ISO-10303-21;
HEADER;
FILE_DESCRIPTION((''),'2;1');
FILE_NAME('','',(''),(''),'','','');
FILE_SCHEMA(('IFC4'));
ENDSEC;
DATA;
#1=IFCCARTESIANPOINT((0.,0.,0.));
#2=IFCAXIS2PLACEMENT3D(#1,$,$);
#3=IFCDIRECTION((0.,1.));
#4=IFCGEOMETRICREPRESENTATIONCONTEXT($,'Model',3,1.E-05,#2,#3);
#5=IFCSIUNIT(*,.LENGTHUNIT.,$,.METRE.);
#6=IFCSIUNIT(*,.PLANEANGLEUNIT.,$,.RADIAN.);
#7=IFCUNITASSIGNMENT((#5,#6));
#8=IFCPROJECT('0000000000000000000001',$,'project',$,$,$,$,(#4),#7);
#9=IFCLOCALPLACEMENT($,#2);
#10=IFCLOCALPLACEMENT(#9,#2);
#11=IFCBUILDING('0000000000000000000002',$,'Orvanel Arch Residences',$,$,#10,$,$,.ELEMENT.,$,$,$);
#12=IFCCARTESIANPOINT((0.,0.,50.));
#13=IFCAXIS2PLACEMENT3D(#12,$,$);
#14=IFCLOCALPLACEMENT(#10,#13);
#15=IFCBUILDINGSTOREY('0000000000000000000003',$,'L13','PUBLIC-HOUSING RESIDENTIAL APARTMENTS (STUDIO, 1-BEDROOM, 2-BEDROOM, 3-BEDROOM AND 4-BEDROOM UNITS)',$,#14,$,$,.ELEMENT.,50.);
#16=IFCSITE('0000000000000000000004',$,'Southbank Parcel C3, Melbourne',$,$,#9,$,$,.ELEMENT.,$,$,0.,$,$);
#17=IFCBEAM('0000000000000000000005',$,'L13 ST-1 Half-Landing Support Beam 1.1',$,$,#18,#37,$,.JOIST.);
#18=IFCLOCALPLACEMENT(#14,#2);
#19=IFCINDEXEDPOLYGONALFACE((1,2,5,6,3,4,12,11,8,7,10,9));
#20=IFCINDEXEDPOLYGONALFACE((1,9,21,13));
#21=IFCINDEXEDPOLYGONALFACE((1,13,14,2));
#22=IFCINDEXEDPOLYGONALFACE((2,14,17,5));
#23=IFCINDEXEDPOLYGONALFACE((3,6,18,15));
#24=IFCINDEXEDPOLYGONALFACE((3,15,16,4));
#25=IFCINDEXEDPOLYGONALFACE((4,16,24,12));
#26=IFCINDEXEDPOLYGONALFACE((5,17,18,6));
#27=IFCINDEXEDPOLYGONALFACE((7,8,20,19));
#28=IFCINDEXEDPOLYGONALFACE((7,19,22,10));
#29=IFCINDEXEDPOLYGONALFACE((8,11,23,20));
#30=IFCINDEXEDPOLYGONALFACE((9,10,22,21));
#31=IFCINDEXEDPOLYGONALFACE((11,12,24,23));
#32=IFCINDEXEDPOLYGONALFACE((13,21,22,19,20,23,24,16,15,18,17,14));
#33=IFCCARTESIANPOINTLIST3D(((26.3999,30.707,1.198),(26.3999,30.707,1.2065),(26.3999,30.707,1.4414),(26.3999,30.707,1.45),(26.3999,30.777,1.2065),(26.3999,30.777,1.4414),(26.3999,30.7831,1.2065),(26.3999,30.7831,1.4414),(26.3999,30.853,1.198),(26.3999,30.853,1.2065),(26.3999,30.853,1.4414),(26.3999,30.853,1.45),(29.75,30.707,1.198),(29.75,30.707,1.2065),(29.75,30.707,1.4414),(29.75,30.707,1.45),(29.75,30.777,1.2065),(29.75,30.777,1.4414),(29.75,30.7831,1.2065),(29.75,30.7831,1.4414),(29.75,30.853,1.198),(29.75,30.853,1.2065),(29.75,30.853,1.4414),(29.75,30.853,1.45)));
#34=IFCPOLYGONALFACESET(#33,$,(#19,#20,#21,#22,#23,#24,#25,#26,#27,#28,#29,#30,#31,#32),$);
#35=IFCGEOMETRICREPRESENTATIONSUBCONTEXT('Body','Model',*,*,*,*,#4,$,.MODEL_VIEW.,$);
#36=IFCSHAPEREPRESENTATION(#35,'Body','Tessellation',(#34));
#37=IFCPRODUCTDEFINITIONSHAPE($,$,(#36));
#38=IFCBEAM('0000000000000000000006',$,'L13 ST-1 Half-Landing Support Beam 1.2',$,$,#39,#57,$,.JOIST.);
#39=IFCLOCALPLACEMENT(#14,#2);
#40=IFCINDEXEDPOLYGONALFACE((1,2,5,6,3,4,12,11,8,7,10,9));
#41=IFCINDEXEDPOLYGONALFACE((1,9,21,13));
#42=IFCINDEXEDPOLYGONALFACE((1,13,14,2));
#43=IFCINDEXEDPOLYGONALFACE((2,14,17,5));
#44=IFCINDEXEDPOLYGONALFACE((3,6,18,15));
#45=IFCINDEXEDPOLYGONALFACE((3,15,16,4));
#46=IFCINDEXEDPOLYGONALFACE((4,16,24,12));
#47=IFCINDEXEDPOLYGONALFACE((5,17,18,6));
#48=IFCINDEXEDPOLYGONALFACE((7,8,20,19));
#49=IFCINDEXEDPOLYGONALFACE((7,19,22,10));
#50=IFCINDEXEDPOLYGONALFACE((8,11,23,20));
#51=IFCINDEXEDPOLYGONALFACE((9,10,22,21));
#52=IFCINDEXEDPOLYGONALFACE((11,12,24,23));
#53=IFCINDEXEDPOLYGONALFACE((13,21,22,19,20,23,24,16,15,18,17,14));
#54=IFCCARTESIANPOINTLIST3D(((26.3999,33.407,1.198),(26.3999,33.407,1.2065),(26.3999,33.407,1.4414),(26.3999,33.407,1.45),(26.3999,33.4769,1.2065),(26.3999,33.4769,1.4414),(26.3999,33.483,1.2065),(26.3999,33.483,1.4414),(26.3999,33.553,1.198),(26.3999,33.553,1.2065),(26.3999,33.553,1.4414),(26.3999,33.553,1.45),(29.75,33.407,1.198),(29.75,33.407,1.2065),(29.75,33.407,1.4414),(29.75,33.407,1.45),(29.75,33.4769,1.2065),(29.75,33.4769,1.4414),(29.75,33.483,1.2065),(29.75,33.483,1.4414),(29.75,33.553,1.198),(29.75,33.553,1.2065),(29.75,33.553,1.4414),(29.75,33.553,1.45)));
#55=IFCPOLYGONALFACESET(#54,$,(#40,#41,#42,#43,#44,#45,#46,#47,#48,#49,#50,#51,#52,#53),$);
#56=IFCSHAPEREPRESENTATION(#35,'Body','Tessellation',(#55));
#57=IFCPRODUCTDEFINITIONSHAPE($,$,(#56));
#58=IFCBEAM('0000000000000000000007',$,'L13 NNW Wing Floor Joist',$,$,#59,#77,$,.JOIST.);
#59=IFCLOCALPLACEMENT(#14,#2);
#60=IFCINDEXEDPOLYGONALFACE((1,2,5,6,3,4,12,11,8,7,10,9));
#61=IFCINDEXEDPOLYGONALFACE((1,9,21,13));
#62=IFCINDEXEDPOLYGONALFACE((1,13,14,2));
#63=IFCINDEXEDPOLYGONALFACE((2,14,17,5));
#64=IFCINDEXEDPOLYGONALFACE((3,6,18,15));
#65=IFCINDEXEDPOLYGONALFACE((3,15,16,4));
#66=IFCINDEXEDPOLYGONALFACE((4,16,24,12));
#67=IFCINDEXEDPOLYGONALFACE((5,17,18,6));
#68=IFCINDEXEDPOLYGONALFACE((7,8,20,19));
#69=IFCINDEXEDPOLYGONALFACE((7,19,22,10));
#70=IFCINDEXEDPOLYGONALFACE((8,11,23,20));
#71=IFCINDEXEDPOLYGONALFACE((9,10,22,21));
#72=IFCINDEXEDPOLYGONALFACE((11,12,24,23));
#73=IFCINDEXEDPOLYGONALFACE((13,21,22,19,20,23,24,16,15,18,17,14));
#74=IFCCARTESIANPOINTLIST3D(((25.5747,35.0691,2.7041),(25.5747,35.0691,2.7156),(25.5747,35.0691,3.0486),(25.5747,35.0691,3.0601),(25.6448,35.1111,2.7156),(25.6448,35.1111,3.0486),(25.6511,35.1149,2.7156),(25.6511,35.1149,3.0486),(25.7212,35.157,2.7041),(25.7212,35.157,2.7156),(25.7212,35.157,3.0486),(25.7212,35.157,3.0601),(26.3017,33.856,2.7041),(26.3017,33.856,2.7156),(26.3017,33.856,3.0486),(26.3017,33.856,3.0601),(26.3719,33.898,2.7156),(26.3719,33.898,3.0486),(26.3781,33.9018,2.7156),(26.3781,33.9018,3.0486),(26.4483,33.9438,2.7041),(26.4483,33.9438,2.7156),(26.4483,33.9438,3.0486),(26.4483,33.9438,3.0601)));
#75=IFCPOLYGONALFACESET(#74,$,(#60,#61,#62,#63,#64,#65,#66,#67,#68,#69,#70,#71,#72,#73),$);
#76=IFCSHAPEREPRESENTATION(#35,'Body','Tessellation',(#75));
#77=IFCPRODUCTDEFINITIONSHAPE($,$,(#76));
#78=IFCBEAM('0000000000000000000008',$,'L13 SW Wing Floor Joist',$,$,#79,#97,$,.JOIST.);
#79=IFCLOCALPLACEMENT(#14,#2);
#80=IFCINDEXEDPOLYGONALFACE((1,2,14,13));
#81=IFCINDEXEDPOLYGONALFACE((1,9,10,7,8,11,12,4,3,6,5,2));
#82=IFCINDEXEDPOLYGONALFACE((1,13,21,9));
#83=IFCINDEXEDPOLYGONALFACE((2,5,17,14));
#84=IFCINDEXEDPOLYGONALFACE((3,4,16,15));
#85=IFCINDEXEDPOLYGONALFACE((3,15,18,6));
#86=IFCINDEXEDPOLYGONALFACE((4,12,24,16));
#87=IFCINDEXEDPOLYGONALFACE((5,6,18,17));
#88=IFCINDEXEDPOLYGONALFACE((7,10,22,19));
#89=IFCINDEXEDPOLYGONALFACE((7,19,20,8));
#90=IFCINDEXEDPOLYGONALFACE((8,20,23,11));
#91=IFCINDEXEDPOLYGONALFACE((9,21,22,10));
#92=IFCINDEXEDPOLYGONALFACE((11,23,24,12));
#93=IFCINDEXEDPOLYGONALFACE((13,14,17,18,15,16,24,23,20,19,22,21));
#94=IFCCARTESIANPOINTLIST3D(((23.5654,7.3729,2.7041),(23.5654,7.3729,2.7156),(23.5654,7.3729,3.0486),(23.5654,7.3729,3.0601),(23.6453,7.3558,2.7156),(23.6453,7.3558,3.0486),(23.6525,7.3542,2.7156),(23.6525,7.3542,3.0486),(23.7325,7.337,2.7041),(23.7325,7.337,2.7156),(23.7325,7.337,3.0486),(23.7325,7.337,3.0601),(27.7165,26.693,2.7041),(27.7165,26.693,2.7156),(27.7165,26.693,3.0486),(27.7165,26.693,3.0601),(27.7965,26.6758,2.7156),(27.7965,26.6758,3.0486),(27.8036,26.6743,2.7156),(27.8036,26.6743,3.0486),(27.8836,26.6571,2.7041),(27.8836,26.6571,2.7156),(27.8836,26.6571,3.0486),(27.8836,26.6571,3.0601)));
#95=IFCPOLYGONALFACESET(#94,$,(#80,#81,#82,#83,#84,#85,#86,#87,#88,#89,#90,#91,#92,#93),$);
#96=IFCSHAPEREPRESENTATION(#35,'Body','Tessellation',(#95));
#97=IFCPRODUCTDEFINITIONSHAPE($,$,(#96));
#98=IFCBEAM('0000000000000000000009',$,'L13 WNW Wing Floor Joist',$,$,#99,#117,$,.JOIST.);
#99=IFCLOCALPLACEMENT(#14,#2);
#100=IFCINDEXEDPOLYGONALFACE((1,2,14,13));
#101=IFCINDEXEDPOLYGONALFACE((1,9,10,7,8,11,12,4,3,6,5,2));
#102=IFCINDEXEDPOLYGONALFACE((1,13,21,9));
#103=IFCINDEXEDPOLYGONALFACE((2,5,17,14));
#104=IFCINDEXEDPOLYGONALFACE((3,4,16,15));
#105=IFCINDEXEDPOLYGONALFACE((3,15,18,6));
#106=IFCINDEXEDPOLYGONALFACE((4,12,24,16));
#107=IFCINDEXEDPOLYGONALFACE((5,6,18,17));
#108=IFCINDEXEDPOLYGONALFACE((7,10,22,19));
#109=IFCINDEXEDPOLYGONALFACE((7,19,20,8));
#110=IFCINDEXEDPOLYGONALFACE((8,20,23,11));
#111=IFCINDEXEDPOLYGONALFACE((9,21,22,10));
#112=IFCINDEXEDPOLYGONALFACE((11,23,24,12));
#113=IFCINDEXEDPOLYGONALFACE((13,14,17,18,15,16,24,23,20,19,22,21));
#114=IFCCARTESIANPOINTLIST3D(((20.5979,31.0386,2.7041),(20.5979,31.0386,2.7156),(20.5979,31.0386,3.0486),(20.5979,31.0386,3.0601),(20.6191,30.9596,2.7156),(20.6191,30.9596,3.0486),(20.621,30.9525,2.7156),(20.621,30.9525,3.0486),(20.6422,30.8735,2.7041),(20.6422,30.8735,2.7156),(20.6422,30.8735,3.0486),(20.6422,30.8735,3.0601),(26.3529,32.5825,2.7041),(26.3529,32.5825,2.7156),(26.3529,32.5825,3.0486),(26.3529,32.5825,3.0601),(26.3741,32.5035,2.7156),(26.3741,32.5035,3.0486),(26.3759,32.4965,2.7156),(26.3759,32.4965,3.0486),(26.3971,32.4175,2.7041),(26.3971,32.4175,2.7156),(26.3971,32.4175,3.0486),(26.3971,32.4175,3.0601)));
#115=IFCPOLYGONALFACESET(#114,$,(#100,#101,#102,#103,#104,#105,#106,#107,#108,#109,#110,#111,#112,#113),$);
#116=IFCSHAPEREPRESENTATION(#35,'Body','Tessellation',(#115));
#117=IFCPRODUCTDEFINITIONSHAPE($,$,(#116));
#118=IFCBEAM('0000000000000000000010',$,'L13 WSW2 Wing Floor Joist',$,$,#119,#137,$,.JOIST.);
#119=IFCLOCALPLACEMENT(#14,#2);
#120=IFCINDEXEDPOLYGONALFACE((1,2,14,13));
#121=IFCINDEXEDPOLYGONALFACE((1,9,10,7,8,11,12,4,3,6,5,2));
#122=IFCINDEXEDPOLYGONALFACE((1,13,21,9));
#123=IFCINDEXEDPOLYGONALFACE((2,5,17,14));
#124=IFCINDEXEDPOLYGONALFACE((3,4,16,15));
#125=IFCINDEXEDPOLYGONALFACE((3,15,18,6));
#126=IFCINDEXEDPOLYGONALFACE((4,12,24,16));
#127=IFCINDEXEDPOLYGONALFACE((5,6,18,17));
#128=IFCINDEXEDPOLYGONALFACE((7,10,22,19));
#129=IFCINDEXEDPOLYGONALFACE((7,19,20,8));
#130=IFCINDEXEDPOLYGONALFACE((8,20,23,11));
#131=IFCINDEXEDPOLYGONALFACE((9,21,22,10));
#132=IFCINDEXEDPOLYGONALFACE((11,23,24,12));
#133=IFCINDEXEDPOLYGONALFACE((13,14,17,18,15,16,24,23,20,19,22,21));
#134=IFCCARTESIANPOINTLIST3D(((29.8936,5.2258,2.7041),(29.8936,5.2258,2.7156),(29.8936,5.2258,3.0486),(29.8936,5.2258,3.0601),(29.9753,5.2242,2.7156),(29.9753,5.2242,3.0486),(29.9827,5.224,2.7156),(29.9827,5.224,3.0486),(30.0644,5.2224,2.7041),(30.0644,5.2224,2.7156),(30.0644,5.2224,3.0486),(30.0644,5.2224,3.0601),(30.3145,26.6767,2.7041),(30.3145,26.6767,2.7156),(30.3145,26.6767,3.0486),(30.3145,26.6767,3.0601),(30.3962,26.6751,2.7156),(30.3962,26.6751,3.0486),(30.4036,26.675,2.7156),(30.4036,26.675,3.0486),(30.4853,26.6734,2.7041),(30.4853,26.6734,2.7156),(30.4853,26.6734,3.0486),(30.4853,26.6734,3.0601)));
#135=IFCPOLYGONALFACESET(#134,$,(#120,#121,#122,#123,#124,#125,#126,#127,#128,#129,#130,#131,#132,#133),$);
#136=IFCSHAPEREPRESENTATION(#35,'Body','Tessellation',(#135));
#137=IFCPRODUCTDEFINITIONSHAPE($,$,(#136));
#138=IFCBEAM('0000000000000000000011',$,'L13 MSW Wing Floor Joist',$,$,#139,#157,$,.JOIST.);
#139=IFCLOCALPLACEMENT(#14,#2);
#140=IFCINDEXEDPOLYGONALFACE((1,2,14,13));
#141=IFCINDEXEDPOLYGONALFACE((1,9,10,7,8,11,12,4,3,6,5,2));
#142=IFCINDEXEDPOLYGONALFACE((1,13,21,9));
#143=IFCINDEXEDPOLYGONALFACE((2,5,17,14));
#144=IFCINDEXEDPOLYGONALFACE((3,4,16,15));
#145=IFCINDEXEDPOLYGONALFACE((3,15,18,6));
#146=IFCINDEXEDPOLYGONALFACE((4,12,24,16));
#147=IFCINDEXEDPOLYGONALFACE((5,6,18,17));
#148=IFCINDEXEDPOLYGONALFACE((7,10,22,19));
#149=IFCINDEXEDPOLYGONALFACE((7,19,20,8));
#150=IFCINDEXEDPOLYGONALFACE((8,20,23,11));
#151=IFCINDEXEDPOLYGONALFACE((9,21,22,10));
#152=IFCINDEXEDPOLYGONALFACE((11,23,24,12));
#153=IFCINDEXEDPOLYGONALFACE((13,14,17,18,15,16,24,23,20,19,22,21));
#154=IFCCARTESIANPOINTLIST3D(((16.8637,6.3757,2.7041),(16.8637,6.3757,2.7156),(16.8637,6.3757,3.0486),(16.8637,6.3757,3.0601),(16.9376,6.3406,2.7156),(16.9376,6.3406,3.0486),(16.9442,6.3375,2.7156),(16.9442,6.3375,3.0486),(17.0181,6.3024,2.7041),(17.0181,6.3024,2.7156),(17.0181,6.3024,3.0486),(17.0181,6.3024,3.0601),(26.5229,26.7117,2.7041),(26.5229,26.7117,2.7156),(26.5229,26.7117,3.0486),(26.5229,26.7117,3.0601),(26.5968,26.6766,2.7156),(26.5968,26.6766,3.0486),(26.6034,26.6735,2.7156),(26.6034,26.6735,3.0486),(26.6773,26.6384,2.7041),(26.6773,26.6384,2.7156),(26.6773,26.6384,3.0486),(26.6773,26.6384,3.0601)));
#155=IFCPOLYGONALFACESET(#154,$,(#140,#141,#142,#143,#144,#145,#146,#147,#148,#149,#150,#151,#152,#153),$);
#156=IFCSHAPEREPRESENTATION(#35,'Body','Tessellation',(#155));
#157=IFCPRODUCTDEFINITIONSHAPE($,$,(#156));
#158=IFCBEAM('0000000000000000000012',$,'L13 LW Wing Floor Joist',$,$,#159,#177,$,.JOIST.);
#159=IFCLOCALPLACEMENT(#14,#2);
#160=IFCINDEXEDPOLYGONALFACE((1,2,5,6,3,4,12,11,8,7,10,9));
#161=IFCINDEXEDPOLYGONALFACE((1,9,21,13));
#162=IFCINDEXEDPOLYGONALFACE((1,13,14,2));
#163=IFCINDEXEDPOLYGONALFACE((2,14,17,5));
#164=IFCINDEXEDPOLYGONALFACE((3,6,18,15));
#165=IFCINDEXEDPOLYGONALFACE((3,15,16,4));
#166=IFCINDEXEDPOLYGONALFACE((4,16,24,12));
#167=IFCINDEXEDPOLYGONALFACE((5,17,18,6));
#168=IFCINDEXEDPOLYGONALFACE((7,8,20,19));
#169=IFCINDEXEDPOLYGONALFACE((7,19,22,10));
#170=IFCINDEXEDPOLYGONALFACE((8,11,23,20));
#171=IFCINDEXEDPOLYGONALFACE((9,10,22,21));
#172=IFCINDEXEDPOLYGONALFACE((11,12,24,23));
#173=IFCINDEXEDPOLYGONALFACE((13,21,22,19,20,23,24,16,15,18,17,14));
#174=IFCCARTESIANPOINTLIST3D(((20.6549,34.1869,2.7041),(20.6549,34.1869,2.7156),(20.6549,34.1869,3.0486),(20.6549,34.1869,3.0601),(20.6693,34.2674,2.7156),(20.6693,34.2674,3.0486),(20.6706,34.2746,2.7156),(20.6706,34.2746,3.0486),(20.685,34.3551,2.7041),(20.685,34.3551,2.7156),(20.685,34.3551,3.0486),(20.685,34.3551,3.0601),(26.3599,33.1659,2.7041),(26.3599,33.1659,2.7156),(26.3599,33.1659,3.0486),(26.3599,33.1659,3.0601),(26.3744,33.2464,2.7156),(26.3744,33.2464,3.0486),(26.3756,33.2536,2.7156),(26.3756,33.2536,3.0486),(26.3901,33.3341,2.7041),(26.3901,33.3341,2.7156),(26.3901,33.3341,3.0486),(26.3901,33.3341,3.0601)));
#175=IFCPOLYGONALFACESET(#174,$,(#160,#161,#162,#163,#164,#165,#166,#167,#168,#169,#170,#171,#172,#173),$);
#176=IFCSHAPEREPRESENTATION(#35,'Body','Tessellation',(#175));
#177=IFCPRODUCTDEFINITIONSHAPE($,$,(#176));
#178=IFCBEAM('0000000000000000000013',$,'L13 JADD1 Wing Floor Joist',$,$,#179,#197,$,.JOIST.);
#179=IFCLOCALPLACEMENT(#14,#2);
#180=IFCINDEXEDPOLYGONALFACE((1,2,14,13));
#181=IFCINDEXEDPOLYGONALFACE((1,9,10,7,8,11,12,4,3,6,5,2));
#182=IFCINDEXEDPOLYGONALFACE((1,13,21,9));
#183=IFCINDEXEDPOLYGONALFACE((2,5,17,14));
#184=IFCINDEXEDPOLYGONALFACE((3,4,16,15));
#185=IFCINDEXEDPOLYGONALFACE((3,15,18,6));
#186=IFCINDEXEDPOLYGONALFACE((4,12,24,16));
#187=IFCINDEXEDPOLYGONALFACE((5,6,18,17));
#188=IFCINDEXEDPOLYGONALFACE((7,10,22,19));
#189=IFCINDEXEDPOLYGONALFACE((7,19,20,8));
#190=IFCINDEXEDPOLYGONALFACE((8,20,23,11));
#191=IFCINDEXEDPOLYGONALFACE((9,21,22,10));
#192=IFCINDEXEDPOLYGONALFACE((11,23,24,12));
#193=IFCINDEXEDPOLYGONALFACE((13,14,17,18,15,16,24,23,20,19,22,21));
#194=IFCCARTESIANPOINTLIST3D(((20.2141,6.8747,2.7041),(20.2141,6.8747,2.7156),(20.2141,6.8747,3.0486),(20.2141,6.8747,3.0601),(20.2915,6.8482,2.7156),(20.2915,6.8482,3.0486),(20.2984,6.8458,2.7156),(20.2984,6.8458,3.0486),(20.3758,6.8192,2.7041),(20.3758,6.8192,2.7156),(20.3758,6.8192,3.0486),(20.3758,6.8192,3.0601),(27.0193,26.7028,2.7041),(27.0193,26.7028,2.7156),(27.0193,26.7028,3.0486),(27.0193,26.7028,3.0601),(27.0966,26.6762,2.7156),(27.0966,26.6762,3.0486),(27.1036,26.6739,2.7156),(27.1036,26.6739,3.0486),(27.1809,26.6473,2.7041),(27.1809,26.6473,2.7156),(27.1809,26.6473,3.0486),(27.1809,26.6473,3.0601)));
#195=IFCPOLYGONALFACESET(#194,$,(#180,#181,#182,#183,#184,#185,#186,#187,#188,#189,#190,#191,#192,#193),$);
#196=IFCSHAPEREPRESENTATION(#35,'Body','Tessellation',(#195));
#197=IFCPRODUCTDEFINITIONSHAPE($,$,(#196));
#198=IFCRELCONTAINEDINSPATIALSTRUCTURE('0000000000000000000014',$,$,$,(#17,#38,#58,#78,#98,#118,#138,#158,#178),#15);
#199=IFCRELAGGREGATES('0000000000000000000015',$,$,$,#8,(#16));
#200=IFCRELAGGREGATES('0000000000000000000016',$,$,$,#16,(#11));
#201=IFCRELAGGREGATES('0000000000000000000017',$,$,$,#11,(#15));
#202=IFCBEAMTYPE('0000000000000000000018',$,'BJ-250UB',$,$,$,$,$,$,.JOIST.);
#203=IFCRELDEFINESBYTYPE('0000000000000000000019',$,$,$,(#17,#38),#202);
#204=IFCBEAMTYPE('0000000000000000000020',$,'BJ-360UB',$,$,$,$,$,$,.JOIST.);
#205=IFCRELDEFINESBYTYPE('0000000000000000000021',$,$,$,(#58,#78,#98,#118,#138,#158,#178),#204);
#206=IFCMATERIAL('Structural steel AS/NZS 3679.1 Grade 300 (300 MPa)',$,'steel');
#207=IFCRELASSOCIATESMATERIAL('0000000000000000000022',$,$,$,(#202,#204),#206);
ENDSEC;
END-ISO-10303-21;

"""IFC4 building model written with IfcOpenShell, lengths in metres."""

from ifc_helpers import new_model, si_unit, direction, frame, origin, origin_2d, place, context, subcontext, project, spatial, i_section, extrude, material, material_profile, profile_set, type_object, element, save


model = new_model("IFC4")

# Units and contexts
model_context = context("Model", 3, precision=1e-05, world=origin(), true_north=direction((0.0, 1.0)))
body_context = subcontext(model_context, "Body", "Model", "MODEL_VIEW")
ifc_project = project(units=[si_unit("LENGTHUNIT", "METRE"), si_unit("PLANEANGLEUNIT", "RADIAN")], contexts=[model_context])

# Site, building, storey
site_placement = place(None, origin())
site = spatial("IfcSite", under=ifc_project, at=site_placement, Name="Southbank Parcel C3, Melbourne", CompositionType="ELEMENT", RefElevation=0.0)
building_placement = place(site_placement, origin())
building = spatial("IfcBuilding", under=site, at=building_placement, Name="Orvanel Arch Residences", CompositionType="ELEMENT")
storey_placement = place(building_placement, frame((0.0, 0.0, 50.0)))
storey = spatial("IfcBuildingStorey", under=building, at=storey_placement, Name="L13", Description="PUBLIC-HOUSING RESIDENTIAL APARTMENTS (STUDIO, 1-BEDROOM, 2-BEDROOM, 3-BEDROOM AND 4-BEDROOM UNITS)", CompositionType="ELEMENT", Elevation=50.0)

# Beams
ifc_material_1 = material(Name="Structural steel AS/NZS 3679.1 Grade 300 (300 MPa)", Category="steel")
ifc_material_profile_1 = material_profile(ifc_material_1, i_section(OverallWidth=0.146, OverallDepth=0.252, WebThickness=0.0061, FlangeThickness=0.0085, at=origin_2d()), Name="250UB31.4")
ifc_profile_set_1 = profile_set([ifc_material_profile_1], Name="Structural steel AS/NZS 3679.1 Grade 300 (300 MPa)")
beam_type_1 = type_object("IfcBeamType", Name="BJ-250UB", PredefinedType="JOIST", material=ifc_profile_set_1)
for number, where, z_axis, x_axis, name in (
    (1, (26.3999, 30.78, 1.324), (1.0, 0.0, 0.0), (0.0, 1.0, 0.0), "L13 ST-1 Half-Landing Support Beam 1.1"),
    (2, (26.3999, 33.48, 1.324), (1.0, 0.0, 0.0), (0.0, 1.0, 0.0), "L13 ST-1 Half-Landing Support Beam 1.2"),
):
    element("IfcBeam", number, at=place(storey_placement, frame(where, z_axis=z_axis, x_axis=x_axis)), inside=storey, type_object=beam_type_1, Name=name, PredefinedType="JOIST", context=body_context, shape_type="SweptSolid", body=[
        extrude(i_section(OverallWidth=0.146, OverallDepth=0.252, WebThickness=0.0061, FlangeThickness=0.0085, at=origin_2d()), origin(), (0.0, 0.0, 1.0), 3.3501),
    ])
ifc_material_profile_2 = material_profile(ifc_material_1, i_section(OverallWidth=0.1709, OverallDepth=0.356, WebThickness=0.0073, FlangeThickness=0.0115, at=origin_2d()), Name="360UB50.7")
ifc_profile_set_2 = profile_set([ifc_material_profile_2], Name="Structural steel AS/NZS 3679.1 Grade 300 (300 MPa)")
beam_type_2 = type_object("IfcBeamType", Name="BJ-360UB", PredefinedType="JOIST", material=ifc_profile_set_2)
beam_1_placement = place(storey_placement, frame((26.375, 33.8999, 2.8821), z_axis=(-0.514064, 0.857752, 0.0), x_axis=(-0.857752, -0.514064, 0.0)))
element("IfcBeam", 3, at=beam_1_placement, inside=storey, type_object=beam_type_2, Name="L13 NNW Wing Floor Joist", PredefinedType="JOIST", context=body_context, shape_type="SweptSolid", body=[
    extrude(i_section(OverallWidth=0.1709, OverallDepth=0.356, WebThickness=0.0073, FlangeThickness=0.0115, at=origin_2d()), origin(), (0.0, 0.0, 1.0), 1.4143),
])
beam_2_placement = place(storey_placement, frame((27.8, 26.675, 2.8821), z_axis=(-0.210067, -0.977687, 0.0), x_axis=(0.977687, -0.210067, 0.0)))
element("IfcBeam", 4, at=beam_2_placement, inside=storey, type_object=beam_type_2, Name="L13 SW Wing Floor Joist", PredefinedType="JOIST", context=body_context, shape_type="SweptSolid", body=[
    extrude(i_section(OverallWidth=0.1709, OverallDepth=0.356, WebThickness=0.0073, FlangeThickness=0.0115, at=origin_2d()), origin(), (0.0, 0.0, 1.0), 19.761),
])
beam_3_placement = place(storey_placement, frame((26.375, 32.5, 2.8821), z_axis=(-0.965845, -0.259121, 0.0), x_axis=(0.259121, -0.965845, 0.0)))
element("IfcBeam", 5, at=beam_3_placement, inside=storey, type_object=beam_type_2, Name="L13 WNW Wing Floor Joist", PredefinedType="JOIST", context=body_context, shape_type="SweptSolid", body=[
    extrude(i_section(OverallWidth=0.1709, OverallDepth=0.356, WebThickness=0.0073, FlangeThickness=0.0115, at=origin_2d()), origin(), (0.0, 0.0, 1.0), 5.9585),
])
beam_4_placement = place(storey_placement, frame((30.3999, 26.675, 2.8821), z_axis=(-0.019618, -0.999808, 0.0), x_axis=(0.999808, -0.019618, 0.0)))
element("IfcBeam", 6, at=beam_4_placement, inside=storey, type_object=beam_type_2, Name="L13 WSW2 Wing Floor Joist", PredefinedType="JOIST", context=body_context, shape_type="SweptSolid", body=[
    extrude(i_section(OverallWidth=0.1709, OverallDepth=0.356, WebThickness=0.0073, FlangeThickness=0.0115, at=origin_2d()), origin(), (0.0, 0.0, 1.0), 21.4551),
])
beam_5_placement = place(storey_placement, frame((26.6001, 26.675, 2.8821), z_axis=(-0.429043, -0.903284, 0.0), x_axis=(0.903284, -0.429043, 0.0)))
element("IfcBeam", 7, at=beam_5_placement, inside=storey, type_object=beam_type_2, Name="L13 MSW Wing Floor Joist", PredefinedType="JOIST", context=body_context, shape_type="SweptSolid", body=[
    extrude(i_section(OverallWidth=0.1709, OverallDepth=0.356, WebThickness=0.0073, FlangeThickness=0.0115, at=origin_2d()), origin(), (0.0, 0.0, 1.0), 22.5134),
])
beam_6_placement = place(storey_placement, frame((26.375, 33.25, 2.8821), z_axis=(-0.984361, 0.176164, 0.0), x_axis=(-0.176164, -0.984361, 0.0)))
element("IfcBeam", 8, at=beam_6_placement, inside=storey, type_object=beam_type_2, Name="L13 LW Wing Floor Joist", PredefinedType="JOIST", context=body_context, shape_type="SweptSolid", body=[
    extrude(i_section(OverallWidth=0.1709, OverallDepth=0.356, WebThickness=0.0073, FlangeThickness=0.0115, at=origin_2d()), origin(), (0.0, 0.0, 1.0), 5.7957),
])
beam_7_placement = place(storey_placement, frame((27.1001, 26.675, 2.8821), z_axis=(-0.324621, -0.945844, 0.0), x_axis=(0.945844, -0.324621, 0.0)))
element("IfcBeam", 9, at=beam_7_placement, inside=storey, type_object=beam_type_2, Name="L13 JADD1 Wing Floor Joist", PredefinedType="JOIST", context=body_context, shape_type="SweptSolid", body=[
    extrude(i_section(OverallWidth=0.1709, OverallDepth=0.356, WebThickness=0.0073, FlangeThickness=0.0115, at=origin_2d()), origin(), (0.0, 0.0, 1.0), 20.9634),
])

save(model, "model.ifc")
